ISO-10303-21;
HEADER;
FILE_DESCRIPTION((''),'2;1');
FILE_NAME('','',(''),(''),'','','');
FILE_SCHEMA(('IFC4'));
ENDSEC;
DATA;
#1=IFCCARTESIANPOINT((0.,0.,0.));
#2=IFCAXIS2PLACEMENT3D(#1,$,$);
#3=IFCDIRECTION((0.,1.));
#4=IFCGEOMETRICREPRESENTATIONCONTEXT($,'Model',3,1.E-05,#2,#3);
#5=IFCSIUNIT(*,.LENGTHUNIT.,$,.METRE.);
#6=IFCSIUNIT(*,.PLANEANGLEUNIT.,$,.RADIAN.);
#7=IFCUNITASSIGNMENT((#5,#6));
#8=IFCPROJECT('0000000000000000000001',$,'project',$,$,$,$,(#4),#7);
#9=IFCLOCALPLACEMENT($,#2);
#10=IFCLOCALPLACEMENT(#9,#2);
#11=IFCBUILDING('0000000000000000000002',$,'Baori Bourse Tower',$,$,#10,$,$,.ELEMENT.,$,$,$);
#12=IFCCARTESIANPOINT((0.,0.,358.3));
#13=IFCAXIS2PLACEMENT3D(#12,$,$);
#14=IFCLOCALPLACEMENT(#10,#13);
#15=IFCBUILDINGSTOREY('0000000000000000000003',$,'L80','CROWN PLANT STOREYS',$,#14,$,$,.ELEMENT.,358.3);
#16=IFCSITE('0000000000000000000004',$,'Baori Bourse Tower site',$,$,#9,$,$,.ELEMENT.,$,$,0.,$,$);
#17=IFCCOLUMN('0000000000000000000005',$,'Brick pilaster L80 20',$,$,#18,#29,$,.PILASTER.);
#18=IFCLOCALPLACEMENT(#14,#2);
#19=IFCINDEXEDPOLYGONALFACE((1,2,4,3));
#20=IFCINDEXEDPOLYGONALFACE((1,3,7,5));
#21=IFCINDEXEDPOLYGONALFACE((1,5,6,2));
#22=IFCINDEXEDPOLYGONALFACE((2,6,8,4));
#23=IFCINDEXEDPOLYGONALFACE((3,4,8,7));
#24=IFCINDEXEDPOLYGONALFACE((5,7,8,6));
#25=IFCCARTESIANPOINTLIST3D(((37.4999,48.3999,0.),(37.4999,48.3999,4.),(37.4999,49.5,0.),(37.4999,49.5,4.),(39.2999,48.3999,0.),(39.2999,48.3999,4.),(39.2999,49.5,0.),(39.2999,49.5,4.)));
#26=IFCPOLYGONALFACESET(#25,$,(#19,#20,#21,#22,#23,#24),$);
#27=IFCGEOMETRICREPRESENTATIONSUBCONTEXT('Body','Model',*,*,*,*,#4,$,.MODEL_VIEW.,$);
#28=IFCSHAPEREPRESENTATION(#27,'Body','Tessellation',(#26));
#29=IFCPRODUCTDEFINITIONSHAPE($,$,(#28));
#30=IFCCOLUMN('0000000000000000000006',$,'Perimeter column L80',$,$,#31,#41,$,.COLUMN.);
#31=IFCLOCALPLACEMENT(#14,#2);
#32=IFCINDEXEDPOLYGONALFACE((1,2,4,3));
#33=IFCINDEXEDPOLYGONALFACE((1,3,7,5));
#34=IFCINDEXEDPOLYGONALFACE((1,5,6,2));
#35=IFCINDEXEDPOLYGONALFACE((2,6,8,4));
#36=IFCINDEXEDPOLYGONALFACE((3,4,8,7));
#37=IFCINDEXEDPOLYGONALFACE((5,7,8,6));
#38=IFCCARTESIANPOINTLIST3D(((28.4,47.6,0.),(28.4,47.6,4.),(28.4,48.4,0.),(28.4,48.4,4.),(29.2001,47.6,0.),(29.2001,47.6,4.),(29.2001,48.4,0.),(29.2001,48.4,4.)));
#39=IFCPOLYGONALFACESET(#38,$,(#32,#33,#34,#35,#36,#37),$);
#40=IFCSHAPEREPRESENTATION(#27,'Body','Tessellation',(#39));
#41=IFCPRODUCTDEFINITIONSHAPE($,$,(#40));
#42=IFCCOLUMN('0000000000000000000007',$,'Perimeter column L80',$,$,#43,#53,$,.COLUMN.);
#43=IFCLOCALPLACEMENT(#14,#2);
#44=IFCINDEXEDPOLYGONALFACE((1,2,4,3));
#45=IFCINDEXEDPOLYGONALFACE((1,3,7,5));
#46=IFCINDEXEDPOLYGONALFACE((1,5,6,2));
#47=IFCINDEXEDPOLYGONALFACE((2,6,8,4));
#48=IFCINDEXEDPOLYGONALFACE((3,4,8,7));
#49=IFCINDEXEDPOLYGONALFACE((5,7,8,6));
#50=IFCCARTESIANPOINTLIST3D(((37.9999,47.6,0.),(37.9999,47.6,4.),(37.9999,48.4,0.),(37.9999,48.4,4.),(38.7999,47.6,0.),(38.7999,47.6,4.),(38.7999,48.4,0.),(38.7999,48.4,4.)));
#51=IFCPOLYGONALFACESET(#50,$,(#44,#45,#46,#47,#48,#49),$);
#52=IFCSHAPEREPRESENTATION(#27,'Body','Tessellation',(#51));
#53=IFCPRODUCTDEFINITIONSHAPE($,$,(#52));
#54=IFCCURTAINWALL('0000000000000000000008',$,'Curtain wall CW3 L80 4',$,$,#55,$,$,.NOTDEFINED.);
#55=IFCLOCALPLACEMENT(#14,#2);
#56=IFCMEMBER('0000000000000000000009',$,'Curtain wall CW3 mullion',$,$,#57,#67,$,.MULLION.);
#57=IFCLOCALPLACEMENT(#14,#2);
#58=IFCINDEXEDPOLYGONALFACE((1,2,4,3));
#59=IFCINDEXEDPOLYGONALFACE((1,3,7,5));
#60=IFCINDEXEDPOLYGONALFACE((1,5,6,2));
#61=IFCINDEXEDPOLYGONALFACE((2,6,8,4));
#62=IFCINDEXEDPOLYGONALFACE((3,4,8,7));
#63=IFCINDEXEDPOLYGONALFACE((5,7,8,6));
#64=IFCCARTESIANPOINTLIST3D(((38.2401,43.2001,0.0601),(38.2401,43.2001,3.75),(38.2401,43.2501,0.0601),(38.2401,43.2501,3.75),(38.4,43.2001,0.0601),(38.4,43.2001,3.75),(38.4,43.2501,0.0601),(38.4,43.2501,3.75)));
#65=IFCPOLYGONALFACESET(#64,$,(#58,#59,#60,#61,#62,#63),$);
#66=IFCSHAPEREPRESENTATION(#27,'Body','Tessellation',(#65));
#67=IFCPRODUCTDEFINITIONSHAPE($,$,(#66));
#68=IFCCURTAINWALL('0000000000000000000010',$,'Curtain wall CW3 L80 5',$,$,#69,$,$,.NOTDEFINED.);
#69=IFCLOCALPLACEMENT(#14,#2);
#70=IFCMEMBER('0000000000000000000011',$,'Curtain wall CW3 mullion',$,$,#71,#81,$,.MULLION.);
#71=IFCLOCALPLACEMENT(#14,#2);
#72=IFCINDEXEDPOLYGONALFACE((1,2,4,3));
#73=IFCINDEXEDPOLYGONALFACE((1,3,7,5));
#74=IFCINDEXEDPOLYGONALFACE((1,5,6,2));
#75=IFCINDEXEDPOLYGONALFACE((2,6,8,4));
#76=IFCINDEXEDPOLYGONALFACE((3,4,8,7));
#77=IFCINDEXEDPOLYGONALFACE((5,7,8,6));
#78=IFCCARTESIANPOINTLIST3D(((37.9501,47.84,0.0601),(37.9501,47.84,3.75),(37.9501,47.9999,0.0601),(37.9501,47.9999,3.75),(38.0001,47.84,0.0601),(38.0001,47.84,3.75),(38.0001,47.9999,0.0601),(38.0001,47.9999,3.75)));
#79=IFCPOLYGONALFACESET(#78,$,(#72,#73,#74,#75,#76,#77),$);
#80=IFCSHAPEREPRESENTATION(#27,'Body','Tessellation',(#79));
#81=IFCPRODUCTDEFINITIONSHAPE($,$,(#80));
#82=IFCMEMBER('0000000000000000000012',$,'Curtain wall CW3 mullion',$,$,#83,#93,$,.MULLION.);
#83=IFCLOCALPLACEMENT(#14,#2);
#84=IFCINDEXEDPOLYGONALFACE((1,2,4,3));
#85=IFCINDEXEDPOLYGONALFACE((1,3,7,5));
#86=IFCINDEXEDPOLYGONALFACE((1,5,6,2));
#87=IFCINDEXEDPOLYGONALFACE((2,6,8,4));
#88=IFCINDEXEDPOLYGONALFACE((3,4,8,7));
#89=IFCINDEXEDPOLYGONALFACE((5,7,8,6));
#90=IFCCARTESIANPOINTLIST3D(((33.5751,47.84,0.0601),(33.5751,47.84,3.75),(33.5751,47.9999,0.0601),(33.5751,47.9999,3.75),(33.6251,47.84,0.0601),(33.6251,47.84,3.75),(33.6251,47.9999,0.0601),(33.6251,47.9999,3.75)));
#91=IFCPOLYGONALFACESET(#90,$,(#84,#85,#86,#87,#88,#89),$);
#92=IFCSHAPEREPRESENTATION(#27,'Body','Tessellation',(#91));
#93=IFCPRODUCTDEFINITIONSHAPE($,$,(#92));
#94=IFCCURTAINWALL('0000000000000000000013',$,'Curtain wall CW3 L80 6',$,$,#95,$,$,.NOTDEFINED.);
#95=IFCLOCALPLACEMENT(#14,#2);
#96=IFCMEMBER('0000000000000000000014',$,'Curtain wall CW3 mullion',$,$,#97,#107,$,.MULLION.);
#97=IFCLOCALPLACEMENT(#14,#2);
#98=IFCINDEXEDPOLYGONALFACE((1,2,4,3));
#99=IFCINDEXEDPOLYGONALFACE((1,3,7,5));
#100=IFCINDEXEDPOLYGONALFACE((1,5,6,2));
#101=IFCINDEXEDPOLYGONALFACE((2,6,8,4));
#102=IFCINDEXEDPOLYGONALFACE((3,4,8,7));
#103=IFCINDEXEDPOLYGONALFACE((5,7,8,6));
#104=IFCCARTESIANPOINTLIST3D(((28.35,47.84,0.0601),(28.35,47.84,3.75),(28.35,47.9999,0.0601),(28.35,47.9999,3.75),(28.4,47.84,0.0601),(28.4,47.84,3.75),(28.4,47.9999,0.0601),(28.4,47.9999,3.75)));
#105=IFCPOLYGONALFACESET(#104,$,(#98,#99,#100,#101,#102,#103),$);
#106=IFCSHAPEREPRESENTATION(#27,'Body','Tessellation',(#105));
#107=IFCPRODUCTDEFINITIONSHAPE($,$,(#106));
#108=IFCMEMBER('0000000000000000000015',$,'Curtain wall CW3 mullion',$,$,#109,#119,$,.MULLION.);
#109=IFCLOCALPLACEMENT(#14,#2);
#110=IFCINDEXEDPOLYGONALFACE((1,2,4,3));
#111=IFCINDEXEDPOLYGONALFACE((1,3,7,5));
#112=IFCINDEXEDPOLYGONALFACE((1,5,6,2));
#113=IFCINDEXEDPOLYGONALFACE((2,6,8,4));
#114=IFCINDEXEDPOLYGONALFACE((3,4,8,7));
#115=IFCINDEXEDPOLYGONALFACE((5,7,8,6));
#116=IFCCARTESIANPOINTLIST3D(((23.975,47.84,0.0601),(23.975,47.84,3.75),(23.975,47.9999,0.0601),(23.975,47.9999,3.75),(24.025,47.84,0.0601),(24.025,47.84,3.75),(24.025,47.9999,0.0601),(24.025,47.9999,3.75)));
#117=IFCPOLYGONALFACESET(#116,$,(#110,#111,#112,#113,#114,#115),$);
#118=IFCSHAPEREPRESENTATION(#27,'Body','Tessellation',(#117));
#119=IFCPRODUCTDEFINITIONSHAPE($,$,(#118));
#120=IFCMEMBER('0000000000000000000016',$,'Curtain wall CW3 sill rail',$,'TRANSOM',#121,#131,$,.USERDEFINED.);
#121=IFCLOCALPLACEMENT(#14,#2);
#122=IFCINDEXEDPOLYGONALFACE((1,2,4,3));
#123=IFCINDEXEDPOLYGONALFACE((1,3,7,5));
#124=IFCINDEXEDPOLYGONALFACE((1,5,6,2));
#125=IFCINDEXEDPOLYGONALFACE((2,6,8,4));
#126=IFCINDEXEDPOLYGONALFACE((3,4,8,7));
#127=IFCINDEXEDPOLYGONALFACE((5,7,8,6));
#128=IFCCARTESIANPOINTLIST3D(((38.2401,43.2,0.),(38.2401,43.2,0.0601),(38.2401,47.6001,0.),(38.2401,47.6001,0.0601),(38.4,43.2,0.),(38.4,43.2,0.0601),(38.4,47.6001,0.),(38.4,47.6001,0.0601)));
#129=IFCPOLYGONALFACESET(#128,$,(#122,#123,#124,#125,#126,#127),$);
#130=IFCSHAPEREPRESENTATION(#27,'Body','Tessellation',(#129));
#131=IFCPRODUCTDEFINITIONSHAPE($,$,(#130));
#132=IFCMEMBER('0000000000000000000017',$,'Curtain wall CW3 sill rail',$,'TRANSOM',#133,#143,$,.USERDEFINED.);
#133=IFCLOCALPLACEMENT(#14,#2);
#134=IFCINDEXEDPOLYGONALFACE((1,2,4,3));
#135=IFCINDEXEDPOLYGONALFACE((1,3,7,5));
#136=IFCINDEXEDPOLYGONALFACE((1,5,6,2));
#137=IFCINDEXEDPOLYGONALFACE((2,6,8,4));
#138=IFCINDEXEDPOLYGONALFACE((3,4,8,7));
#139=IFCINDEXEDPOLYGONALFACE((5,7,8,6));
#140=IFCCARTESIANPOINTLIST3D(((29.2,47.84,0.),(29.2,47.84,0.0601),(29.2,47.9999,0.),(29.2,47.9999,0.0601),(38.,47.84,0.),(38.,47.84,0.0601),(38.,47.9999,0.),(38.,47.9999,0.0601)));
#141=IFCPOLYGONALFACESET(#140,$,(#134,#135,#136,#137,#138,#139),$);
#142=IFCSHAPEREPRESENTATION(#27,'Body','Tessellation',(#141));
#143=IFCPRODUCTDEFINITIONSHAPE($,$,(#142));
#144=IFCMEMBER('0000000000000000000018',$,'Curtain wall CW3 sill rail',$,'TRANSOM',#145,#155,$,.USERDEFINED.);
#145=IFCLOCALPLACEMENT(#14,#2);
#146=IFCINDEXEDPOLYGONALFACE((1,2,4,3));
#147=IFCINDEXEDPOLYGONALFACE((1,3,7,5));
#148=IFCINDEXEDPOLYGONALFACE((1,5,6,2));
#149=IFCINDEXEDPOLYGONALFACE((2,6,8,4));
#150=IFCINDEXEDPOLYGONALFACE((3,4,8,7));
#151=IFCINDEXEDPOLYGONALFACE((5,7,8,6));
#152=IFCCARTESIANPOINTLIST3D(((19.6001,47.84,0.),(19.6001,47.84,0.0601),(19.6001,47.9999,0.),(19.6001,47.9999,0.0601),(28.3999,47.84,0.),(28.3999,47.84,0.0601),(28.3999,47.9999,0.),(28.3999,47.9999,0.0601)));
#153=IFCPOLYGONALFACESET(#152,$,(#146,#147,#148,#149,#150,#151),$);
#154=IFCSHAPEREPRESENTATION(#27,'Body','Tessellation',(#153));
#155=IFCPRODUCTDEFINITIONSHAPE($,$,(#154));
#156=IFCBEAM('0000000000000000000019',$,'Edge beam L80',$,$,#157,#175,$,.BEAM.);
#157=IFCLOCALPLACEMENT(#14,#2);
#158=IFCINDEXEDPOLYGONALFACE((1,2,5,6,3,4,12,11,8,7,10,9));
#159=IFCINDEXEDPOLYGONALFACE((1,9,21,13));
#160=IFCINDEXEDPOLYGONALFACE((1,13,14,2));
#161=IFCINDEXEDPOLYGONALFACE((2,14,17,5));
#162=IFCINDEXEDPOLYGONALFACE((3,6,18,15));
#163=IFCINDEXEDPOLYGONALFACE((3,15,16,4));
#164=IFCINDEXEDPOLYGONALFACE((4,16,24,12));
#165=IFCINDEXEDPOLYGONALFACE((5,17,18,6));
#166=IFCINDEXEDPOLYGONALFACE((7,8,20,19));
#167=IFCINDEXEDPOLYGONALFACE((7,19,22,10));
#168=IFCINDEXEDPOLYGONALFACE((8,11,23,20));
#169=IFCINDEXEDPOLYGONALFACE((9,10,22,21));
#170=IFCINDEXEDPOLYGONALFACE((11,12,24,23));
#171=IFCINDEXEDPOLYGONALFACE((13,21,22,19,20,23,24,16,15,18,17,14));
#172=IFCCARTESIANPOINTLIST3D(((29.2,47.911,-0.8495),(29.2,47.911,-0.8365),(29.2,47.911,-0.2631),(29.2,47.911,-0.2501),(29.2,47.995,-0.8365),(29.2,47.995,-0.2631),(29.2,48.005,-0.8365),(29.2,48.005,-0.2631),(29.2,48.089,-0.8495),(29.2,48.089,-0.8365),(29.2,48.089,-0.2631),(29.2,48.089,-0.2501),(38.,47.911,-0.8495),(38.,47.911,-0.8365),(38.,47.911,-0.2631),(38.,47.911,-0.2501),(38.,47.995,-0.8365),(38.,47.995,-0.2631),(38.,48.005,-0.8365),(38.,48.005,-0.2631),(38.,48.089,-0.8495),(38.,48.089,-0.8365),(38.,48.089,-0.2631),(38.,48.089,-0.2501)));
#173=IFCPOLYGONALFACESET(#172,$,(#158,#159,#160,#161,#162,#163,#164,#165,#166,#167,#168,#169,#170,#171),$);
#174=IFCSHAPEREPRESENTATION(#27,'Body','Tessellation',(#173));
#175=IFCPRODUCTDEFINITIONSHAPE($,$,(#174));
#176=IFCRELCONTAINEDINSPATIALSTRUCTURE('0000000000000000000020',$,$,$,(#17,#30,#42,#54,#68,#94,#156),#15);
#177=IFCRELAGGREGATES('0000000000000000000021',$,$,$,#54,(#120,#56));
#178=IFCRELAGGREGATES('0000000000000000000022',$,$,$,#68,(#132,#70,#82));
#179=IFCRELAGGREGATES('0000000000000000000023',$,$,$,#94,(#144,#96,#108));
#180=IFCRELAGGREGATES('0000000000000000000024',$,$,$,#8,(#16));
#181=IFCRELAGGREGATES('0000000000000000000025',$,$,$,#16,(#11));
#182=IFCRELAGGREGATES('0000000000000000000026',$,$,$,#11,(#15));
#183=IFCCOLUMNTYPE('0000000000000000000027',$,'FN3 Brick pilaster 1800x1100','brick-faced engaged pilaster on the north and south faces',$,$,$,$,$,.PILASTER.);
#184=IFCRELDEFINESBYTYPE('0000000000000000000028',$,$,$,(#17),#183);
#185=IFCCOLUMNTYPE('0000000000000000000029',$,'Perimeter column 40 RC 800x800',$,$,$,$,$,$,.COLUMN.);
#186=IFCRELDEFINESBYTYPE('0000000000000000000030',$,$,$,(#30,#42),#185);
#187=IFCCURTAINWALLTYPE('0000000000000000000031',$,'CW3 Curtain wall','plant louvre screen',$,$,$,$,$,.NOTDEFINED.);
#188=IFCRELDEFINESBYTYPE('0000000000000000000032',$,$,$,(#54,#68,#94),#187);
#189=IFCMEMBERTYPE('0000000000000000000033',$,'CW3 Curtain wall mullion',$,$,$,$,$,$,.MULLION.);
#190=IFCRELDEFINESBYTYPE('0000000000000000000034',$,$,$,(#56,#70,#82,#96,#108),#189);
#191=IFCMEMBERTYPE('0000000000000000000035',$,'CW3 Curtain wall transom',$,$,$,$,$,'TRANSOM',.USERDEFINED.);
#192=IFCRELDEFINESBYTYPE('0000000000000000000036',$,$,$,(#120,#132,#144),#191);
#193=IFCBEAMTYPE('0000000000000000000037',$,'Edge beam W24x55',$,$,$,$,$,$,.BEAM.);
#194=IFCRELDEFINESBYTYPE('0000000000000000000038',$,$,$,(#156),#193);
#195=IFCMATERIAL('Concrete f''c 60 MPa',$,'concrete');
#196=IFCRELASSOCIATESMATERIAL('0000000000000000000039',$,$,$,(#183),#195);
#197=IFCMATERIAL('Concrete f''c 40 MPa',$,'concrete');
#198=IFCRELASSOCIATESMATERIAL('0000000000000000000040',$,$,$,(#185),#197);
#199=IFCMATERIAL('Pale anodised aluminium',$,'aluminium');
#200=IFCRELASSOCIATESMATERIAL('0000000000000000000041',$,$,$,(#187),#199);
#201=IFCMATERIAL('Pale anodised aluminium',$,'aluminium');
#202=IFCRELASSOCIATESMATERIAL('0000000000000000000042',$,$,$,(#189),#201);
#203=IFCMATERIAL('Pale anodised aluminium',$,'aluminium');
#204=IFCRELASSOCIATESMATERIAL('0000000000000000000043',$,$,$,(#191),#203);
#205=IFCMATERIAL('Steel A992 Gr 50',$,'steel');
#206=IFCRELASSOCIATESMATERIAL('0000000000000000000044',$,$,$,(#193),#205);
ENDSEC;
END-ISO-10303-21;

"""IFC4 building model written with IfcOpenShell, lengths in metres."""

from ifc_helpers import new_model, si_unit, direction, frame, origin, origin_2d, place, context, subcontext, project, spatial, rectangle, i_section, extrude, material, material_profile, profile_set, type_object, element, aggregate, save


model = new_model("IFC4")

# Units and contexts
model_context = context("Model", 3, precision=1e-05, world=origin(), true_north=direction((0.0, 1.0)))
body_context = subcontext(model_context, "Body", "Model", "MODEL_VIEW")
ifc_project = project(units=[si_unit("LENGTHUNIT", "METRE"), si_unit("PLANEANGLEUNIT", "RADIAN")], contexts=[model_context])

# Site, building, storey
site_placement = place(None, origin())
site = spatial("IfcSite", under=ifc_project, at=site_placement, Name="Baori Bourse Tower site", CompositionType="ELEMENT", RefElevation=0.0)
building_placement = place(site_placement, origin())
building = spatial("IfcBuilding", under=site, at=building_placement, Name="Baori Bourse Tower", CompositionType="ELEMENT")
storey_placement = place(building_placement, frame((0.0, 0.0, 358.3)))
storey = spatial("IfcBuildingStorey", under=building, at=storey_placement, Name="L80", Description="CROWN PLANT STOREYS", CompositionType="ELEMENT", Elevation=358.3)

# Columns
ifc_material_1 = material(Name="Concrete f'c 60 MPa", Category="concrete")
ifc_material_profile_1 = material_profile(ifc_material_1, rectangle(XDim=1.8, YDim=1.1001, at=origin_2d()), Name="RC 1800x1100")
ifc_profile_set_1 = profile_set([ifc_material_profile_1], Name="Concrete f'c 60 MPa")
column_type_1 = type_object("IfcColumnType", Name="FN3 Brick pilaster 1800x1100", Description="brick-faced engaged pilaster on the north and south faces", PredefinedType="PILASTER", material=ifc_profile_set_1)
column_placement = place(storey_placement, frame((38.3999, 48.95, 0.0), z_axis=(0.0, 0.0, 1.0), x_axis=(1.0, 0.0, 0.0)))
element("IfcColumn", 1, at=column_placement, inside=storey, type_object=column_type_1, Name="Brick pilaster L80 20", PredefinedType="PILASTER", context=body_context, shape_type="SweptSolid", body=[
    extrude(rectangle(XDim=1.8, YDim=1.1001, at=origin_2d()), origin(), (0.0, 0.0, 1.0), 4.0),
])
ifc_material_2 = material(Name="Concrete f'c 40 MPa", Category="concrete")
ifc_material_profile_2 = material_profile(ifc_material_2, rectangle(XDim=0.8, YDim=0.8, at=origin_2d()), Name="RC 800x800")
ifc_profile_set_2 = profile_set([ifc_material_profile_2], Name="Concrete f'c 40 MPa")
column_type_2 = type_object("IfcColumnType", Name="Perimeter column 40 RC 800x800", PredefinedType="COLUMN", material=ifc_profile_set_2)
for number, where, z_axis, x_axis, name in (
    (2, (28.8, 48.0, 0.0), (0.0, 0.0, 1.0), (1.0, 0.0, 0.0), "Perimeter column L80"),
    (3, (38.3999, 48.0, 0.0), (0.0, 0.0, 1.0), (1.0, 0.0, 0.0), "Perimeter column L80"),
):
    element("IfcColumn", number, at=place(storey_placement, frame(where, z_axis=z_axis, x_axis=x_axis)), inside=storey, type_object=column_type_2, Name=name, PredefinedType="COLUMN", context=body_context, shape_type="SweptSolid", body=[
        extrude(rectangle(XDim=0.8, YDim=0.8, at=origin_2d()), origin(), (0.0, 0.0, 1.0), 4.0),
    ])

# Curtain wall, member
ifc_material_3 = material(Name="Pale anodised aluminium", Category="aluminium")
curtain_wall_type = type_object("IfcCurtainWallType", Name="CW3 Curtain wall", Description="plant louvre screen", PredefinedType="NOTDEFINED", material=ifc_material_3)
curtain_wall_1_placement = place(storey_placement, origin())
curtain_wall_1 = element("IfcCurtainWall", 4, at=curtain_wall_1_placement, inside=storey, type_object=curtain_wall_type, Name="Curtain wall CW3 L80 4", PredefinedType="NOTDEFINED")
ifc_material_4 = material(Name="Pale anodised aluminium", Category="aluminium")
ifc_material_profile_3 = material_profile(ifc_material_4, rectangle(XDim=0.1599, YDim=0.05, at=origin_2d()), Name="Mullion 50x160")
ifc_profile_set_3 = profile_set([ifc_material_profile_3], Name="Pale anodised aluminium")
member_type_1 = type_object("IfcMemberType", Name="CW3 Curtain wall mullion", PredefinedType="MULLION", material=ifc_profile_set_3)
member_1_placement = place(storey_placement, frame((38.3201, 43.2251, 0.0601), z_axis=(0.0, 0.0, 1.0), x_axis=(-1.0, 0.0, 0.0)))
member_1 = element("IfcMember", 5, at=member_1_placement, type_object=member_type_1, Name="Curtain wall CW3 mullion", PredefinedType="MULLION", context=body_context, shape_type="SweptSolid", body=[
    extrude(rectangle(XDim=0.1599, YDim=0.05, at=origin_2d()), origin(), (0.0, 0.0, 1.0), 3.6899),
])

# Curtain walls, members
curtain_wall_2_placement = place(storey_placement, origin())
curtain_wall_2 = element("IfcCurtainWall", 6, at=curtain_wall_2_placement, inside=storey, type_object=curtain_wall_type, Name="Curtain wall CW3 L80 5", PredefinedType="NOTDEFINED")
member_2_placement = place(storey_placement, frame((37.9751, 47.9199, 0.0601), z_axis=(0.0, 0.0, 1.0), x_axis=(0.0, -1.0, 0.0)))
member_2 = element("IfcMember", 7, at=member_2_placement, type_object=member_type_1, Name="Curtain wall CW3 mullion", PredefinedType="MULLION", context=body_context, shape_type="SweptSolid", body=[
    extrude(rectangle(XDim=0.1599, YDim=0.05, at=origin_2d()), origin(), (0.0, 0.0, 1.0), 3.6899),
])
member_3_placement = place(storey_placement, frame((33.6001, 47.9199, 0.0601), z_axis=(0.0, 0.0, 1.0), x_axis=(0.0, -1.0, 0.0)))
member_3 = element("IfcMember", 8, at=member_3_placement, type_object=member_type_1, Name="Curtain wall CW3 mullion", PredefinedType="MULLION", context=body_context, shape_type="SweptSolid", body=[
    extrude(rectangle(XDim=0.1599, YDim=0.05, at=origin_2d()), origin(), (0.0, 0.0, 1.0), 3.6899),
])
curtain_wall_3_placement = place(storey_placement, origin())
curtain_wall_3 = element("IfcCurtainWall", 9, at=curtain_wall_3_placement, inside=storey, type_object=curtain_wall_type, Name="Curtain wall CW3 L80 6", PredefinedType="NOTDEFINED")
member_4_placement = place(storey_placement, frame((28.375, 47.9199, 0.0601), z_axis=(0.0, 0.0, 1.0), x_axis=(0.0, -1.0, 0.0)))
member_4 = element("IfcMember", 10, at=member_4_placement, type_object=member_type_1, Name="Curtain wall CW3 mullion", PredefinedType="MULLION", context=body_context, shape_type="SweptSolid", body=[
    extrude(rectangle(XDim=0.1599, YDim=0.05, at=origin_2d()), origin(), (0.0, 0.0, 1.0), 3.6899),
])
member_5_placement = place(storey_placement, frame((24.0, 47.9199, 0.0601), z_axis=(0.0, 0.0, 1.0), x_axis=(0.0, -1.0, 0.0)))
member_5 = element("IfcMember", 11, at=member_5_placement, type_object=member_type_1, Name="Curtain wall CW3 mullion", PredefinedType="MULLION", context=body_context, shape_type="SweptSolid", body=[
    extrude(rectangle(XDim=0.1599, YDim=0.05, at=origin_2d()), origin(), (0.0, 0.0, 1.0), 3.6899),
])

# Members
ifc_material_5 = material(Name="Pale anodised aluminium", Category="aluminium")
ifc_material_profile_4 = material_profile(ifc_material_5, rectangle(XDim=0.1599, YDim=0.0601, at=origin_2d()), Name="Transom 60x160")
ifc_profile_set_4 = profile_set([ifc_material_profile_4], Name="Pale anodised aluminium")
member_type_2 = type_object("IfcMemberType", Name="CW3 Curtain wall transom", ElementType="TRANSOM", PredefinedType="USERDEFINED", material=ifc_profile_set_4)
member_6_placement = place(storey_placement, frame((38.3201, 43.2, 0.03), z_axis=(0.0, 1.0, 0.0), x_axis=(-1.0, 0.0, 0.0)))
member_6 = element("IfcMember", 12, at=member_6_placement, type_object=member_type_2, Name="Curtain wall CW3 sill rail", ObjectType="TRANSOM", PredefinedType="USERDEFINED", context=body_context, shape_type="SweptSolid", body=[
    extrude(rectangle(XDim=0.1599, YDim=0.0601, at=origin_2d()), origin(), (0.0, 0.0, 1.0), 4.4001),
])
member_7_placement = place(storey_placement, frame((38.0, 47.9199, 0.03), z_axis=(-1.0, 0.0, 0.0), x_axis=(0.0, -1.0, 0.0)))
member_7 = element("IfcMember", 13, at=member_7_placement, type_object=member_type_2, Name="Curtain wall CW3 sill rail", ObjectType="TRANSOM", PredefinedType="USERDEFINED", context=body_context, shape_type="SweptSolid", body=[
    extrude(rectangle(XDim=0.1599, YDim=0.0601, at=origin_2d()), origin(), (0.0, 0.0, 1.0), 8.8),
])
member_8_placement = place(storey_placement, frame((28.3999, 47.9199, 0.03), z_axis=(-1.0, 0.0, 0.0), x_axis=(0.0, -1.0, 0.0)))
member_8 = element("IfcMember", 14, at=member_8_placement, type_object=member_type_2, Name="Curtain wall CW3 sill rail", ObjectType="TRANSOM", PredefinedType="USERDEFINED", context=body_context, shape_type="SweptSolid", body=[
    extrude(rectangle(XDim=0.1599, YDim=0.0601, at=origin_2d()), origin(), (0.0, 0.0, 1.0), 8.7998),
])

# Beam
ifc_material_6 = material(Name="Steel A992 Gr 50", Category="steel")
ifc_material_profile_5 = material_profile(ifc_material_6, i_section(OverallWidth=0.178, OverallDepth=0.5994, WebThickness=0.01, FlangeThickness=0.0129, at=origin_2d()), Name="W24x55")
ifc_profile_set_5 = profile_set([ifc_material_profile_5], Name="Steel A992 Gr 50")
beam_type_1 = type_object("IfcBeamType", Name="Edge beam W24x55", PredefinedType="BEAM", material=ifc_profile_set_5)
beam_1_placement = place(storey_placement, frame((29.2, 48.0, -0.5498), z_axis=(1.0, 0.0, 0.0), x_axis=(0.0, 1.0, 0.0)))
element("IfcBeam", 15, at=beam_1_placement, inside=storey, type_object=beam_type_1, Name="Edge beam L80", PredefinedType="BEAM", context=body_context, shape_type="SweptSolid", body=[
    extrude(i_section(OverallWidth=0.178, OverallDepth=0.5994, WebThickness=0.01, FlangeThickness=0.0129, at=origin_2d()), origin(), (0.0, 0.0, 1.0), 8.8),
])

aggregate(curtain_wall_1, [member_6, member_1])
aggregate(curtain_wall_2, [member_7, member_2, member_3])
aggregate(curtain_wall_3, [member_8, member_4, member_5])

save(model, "model.ifc")
